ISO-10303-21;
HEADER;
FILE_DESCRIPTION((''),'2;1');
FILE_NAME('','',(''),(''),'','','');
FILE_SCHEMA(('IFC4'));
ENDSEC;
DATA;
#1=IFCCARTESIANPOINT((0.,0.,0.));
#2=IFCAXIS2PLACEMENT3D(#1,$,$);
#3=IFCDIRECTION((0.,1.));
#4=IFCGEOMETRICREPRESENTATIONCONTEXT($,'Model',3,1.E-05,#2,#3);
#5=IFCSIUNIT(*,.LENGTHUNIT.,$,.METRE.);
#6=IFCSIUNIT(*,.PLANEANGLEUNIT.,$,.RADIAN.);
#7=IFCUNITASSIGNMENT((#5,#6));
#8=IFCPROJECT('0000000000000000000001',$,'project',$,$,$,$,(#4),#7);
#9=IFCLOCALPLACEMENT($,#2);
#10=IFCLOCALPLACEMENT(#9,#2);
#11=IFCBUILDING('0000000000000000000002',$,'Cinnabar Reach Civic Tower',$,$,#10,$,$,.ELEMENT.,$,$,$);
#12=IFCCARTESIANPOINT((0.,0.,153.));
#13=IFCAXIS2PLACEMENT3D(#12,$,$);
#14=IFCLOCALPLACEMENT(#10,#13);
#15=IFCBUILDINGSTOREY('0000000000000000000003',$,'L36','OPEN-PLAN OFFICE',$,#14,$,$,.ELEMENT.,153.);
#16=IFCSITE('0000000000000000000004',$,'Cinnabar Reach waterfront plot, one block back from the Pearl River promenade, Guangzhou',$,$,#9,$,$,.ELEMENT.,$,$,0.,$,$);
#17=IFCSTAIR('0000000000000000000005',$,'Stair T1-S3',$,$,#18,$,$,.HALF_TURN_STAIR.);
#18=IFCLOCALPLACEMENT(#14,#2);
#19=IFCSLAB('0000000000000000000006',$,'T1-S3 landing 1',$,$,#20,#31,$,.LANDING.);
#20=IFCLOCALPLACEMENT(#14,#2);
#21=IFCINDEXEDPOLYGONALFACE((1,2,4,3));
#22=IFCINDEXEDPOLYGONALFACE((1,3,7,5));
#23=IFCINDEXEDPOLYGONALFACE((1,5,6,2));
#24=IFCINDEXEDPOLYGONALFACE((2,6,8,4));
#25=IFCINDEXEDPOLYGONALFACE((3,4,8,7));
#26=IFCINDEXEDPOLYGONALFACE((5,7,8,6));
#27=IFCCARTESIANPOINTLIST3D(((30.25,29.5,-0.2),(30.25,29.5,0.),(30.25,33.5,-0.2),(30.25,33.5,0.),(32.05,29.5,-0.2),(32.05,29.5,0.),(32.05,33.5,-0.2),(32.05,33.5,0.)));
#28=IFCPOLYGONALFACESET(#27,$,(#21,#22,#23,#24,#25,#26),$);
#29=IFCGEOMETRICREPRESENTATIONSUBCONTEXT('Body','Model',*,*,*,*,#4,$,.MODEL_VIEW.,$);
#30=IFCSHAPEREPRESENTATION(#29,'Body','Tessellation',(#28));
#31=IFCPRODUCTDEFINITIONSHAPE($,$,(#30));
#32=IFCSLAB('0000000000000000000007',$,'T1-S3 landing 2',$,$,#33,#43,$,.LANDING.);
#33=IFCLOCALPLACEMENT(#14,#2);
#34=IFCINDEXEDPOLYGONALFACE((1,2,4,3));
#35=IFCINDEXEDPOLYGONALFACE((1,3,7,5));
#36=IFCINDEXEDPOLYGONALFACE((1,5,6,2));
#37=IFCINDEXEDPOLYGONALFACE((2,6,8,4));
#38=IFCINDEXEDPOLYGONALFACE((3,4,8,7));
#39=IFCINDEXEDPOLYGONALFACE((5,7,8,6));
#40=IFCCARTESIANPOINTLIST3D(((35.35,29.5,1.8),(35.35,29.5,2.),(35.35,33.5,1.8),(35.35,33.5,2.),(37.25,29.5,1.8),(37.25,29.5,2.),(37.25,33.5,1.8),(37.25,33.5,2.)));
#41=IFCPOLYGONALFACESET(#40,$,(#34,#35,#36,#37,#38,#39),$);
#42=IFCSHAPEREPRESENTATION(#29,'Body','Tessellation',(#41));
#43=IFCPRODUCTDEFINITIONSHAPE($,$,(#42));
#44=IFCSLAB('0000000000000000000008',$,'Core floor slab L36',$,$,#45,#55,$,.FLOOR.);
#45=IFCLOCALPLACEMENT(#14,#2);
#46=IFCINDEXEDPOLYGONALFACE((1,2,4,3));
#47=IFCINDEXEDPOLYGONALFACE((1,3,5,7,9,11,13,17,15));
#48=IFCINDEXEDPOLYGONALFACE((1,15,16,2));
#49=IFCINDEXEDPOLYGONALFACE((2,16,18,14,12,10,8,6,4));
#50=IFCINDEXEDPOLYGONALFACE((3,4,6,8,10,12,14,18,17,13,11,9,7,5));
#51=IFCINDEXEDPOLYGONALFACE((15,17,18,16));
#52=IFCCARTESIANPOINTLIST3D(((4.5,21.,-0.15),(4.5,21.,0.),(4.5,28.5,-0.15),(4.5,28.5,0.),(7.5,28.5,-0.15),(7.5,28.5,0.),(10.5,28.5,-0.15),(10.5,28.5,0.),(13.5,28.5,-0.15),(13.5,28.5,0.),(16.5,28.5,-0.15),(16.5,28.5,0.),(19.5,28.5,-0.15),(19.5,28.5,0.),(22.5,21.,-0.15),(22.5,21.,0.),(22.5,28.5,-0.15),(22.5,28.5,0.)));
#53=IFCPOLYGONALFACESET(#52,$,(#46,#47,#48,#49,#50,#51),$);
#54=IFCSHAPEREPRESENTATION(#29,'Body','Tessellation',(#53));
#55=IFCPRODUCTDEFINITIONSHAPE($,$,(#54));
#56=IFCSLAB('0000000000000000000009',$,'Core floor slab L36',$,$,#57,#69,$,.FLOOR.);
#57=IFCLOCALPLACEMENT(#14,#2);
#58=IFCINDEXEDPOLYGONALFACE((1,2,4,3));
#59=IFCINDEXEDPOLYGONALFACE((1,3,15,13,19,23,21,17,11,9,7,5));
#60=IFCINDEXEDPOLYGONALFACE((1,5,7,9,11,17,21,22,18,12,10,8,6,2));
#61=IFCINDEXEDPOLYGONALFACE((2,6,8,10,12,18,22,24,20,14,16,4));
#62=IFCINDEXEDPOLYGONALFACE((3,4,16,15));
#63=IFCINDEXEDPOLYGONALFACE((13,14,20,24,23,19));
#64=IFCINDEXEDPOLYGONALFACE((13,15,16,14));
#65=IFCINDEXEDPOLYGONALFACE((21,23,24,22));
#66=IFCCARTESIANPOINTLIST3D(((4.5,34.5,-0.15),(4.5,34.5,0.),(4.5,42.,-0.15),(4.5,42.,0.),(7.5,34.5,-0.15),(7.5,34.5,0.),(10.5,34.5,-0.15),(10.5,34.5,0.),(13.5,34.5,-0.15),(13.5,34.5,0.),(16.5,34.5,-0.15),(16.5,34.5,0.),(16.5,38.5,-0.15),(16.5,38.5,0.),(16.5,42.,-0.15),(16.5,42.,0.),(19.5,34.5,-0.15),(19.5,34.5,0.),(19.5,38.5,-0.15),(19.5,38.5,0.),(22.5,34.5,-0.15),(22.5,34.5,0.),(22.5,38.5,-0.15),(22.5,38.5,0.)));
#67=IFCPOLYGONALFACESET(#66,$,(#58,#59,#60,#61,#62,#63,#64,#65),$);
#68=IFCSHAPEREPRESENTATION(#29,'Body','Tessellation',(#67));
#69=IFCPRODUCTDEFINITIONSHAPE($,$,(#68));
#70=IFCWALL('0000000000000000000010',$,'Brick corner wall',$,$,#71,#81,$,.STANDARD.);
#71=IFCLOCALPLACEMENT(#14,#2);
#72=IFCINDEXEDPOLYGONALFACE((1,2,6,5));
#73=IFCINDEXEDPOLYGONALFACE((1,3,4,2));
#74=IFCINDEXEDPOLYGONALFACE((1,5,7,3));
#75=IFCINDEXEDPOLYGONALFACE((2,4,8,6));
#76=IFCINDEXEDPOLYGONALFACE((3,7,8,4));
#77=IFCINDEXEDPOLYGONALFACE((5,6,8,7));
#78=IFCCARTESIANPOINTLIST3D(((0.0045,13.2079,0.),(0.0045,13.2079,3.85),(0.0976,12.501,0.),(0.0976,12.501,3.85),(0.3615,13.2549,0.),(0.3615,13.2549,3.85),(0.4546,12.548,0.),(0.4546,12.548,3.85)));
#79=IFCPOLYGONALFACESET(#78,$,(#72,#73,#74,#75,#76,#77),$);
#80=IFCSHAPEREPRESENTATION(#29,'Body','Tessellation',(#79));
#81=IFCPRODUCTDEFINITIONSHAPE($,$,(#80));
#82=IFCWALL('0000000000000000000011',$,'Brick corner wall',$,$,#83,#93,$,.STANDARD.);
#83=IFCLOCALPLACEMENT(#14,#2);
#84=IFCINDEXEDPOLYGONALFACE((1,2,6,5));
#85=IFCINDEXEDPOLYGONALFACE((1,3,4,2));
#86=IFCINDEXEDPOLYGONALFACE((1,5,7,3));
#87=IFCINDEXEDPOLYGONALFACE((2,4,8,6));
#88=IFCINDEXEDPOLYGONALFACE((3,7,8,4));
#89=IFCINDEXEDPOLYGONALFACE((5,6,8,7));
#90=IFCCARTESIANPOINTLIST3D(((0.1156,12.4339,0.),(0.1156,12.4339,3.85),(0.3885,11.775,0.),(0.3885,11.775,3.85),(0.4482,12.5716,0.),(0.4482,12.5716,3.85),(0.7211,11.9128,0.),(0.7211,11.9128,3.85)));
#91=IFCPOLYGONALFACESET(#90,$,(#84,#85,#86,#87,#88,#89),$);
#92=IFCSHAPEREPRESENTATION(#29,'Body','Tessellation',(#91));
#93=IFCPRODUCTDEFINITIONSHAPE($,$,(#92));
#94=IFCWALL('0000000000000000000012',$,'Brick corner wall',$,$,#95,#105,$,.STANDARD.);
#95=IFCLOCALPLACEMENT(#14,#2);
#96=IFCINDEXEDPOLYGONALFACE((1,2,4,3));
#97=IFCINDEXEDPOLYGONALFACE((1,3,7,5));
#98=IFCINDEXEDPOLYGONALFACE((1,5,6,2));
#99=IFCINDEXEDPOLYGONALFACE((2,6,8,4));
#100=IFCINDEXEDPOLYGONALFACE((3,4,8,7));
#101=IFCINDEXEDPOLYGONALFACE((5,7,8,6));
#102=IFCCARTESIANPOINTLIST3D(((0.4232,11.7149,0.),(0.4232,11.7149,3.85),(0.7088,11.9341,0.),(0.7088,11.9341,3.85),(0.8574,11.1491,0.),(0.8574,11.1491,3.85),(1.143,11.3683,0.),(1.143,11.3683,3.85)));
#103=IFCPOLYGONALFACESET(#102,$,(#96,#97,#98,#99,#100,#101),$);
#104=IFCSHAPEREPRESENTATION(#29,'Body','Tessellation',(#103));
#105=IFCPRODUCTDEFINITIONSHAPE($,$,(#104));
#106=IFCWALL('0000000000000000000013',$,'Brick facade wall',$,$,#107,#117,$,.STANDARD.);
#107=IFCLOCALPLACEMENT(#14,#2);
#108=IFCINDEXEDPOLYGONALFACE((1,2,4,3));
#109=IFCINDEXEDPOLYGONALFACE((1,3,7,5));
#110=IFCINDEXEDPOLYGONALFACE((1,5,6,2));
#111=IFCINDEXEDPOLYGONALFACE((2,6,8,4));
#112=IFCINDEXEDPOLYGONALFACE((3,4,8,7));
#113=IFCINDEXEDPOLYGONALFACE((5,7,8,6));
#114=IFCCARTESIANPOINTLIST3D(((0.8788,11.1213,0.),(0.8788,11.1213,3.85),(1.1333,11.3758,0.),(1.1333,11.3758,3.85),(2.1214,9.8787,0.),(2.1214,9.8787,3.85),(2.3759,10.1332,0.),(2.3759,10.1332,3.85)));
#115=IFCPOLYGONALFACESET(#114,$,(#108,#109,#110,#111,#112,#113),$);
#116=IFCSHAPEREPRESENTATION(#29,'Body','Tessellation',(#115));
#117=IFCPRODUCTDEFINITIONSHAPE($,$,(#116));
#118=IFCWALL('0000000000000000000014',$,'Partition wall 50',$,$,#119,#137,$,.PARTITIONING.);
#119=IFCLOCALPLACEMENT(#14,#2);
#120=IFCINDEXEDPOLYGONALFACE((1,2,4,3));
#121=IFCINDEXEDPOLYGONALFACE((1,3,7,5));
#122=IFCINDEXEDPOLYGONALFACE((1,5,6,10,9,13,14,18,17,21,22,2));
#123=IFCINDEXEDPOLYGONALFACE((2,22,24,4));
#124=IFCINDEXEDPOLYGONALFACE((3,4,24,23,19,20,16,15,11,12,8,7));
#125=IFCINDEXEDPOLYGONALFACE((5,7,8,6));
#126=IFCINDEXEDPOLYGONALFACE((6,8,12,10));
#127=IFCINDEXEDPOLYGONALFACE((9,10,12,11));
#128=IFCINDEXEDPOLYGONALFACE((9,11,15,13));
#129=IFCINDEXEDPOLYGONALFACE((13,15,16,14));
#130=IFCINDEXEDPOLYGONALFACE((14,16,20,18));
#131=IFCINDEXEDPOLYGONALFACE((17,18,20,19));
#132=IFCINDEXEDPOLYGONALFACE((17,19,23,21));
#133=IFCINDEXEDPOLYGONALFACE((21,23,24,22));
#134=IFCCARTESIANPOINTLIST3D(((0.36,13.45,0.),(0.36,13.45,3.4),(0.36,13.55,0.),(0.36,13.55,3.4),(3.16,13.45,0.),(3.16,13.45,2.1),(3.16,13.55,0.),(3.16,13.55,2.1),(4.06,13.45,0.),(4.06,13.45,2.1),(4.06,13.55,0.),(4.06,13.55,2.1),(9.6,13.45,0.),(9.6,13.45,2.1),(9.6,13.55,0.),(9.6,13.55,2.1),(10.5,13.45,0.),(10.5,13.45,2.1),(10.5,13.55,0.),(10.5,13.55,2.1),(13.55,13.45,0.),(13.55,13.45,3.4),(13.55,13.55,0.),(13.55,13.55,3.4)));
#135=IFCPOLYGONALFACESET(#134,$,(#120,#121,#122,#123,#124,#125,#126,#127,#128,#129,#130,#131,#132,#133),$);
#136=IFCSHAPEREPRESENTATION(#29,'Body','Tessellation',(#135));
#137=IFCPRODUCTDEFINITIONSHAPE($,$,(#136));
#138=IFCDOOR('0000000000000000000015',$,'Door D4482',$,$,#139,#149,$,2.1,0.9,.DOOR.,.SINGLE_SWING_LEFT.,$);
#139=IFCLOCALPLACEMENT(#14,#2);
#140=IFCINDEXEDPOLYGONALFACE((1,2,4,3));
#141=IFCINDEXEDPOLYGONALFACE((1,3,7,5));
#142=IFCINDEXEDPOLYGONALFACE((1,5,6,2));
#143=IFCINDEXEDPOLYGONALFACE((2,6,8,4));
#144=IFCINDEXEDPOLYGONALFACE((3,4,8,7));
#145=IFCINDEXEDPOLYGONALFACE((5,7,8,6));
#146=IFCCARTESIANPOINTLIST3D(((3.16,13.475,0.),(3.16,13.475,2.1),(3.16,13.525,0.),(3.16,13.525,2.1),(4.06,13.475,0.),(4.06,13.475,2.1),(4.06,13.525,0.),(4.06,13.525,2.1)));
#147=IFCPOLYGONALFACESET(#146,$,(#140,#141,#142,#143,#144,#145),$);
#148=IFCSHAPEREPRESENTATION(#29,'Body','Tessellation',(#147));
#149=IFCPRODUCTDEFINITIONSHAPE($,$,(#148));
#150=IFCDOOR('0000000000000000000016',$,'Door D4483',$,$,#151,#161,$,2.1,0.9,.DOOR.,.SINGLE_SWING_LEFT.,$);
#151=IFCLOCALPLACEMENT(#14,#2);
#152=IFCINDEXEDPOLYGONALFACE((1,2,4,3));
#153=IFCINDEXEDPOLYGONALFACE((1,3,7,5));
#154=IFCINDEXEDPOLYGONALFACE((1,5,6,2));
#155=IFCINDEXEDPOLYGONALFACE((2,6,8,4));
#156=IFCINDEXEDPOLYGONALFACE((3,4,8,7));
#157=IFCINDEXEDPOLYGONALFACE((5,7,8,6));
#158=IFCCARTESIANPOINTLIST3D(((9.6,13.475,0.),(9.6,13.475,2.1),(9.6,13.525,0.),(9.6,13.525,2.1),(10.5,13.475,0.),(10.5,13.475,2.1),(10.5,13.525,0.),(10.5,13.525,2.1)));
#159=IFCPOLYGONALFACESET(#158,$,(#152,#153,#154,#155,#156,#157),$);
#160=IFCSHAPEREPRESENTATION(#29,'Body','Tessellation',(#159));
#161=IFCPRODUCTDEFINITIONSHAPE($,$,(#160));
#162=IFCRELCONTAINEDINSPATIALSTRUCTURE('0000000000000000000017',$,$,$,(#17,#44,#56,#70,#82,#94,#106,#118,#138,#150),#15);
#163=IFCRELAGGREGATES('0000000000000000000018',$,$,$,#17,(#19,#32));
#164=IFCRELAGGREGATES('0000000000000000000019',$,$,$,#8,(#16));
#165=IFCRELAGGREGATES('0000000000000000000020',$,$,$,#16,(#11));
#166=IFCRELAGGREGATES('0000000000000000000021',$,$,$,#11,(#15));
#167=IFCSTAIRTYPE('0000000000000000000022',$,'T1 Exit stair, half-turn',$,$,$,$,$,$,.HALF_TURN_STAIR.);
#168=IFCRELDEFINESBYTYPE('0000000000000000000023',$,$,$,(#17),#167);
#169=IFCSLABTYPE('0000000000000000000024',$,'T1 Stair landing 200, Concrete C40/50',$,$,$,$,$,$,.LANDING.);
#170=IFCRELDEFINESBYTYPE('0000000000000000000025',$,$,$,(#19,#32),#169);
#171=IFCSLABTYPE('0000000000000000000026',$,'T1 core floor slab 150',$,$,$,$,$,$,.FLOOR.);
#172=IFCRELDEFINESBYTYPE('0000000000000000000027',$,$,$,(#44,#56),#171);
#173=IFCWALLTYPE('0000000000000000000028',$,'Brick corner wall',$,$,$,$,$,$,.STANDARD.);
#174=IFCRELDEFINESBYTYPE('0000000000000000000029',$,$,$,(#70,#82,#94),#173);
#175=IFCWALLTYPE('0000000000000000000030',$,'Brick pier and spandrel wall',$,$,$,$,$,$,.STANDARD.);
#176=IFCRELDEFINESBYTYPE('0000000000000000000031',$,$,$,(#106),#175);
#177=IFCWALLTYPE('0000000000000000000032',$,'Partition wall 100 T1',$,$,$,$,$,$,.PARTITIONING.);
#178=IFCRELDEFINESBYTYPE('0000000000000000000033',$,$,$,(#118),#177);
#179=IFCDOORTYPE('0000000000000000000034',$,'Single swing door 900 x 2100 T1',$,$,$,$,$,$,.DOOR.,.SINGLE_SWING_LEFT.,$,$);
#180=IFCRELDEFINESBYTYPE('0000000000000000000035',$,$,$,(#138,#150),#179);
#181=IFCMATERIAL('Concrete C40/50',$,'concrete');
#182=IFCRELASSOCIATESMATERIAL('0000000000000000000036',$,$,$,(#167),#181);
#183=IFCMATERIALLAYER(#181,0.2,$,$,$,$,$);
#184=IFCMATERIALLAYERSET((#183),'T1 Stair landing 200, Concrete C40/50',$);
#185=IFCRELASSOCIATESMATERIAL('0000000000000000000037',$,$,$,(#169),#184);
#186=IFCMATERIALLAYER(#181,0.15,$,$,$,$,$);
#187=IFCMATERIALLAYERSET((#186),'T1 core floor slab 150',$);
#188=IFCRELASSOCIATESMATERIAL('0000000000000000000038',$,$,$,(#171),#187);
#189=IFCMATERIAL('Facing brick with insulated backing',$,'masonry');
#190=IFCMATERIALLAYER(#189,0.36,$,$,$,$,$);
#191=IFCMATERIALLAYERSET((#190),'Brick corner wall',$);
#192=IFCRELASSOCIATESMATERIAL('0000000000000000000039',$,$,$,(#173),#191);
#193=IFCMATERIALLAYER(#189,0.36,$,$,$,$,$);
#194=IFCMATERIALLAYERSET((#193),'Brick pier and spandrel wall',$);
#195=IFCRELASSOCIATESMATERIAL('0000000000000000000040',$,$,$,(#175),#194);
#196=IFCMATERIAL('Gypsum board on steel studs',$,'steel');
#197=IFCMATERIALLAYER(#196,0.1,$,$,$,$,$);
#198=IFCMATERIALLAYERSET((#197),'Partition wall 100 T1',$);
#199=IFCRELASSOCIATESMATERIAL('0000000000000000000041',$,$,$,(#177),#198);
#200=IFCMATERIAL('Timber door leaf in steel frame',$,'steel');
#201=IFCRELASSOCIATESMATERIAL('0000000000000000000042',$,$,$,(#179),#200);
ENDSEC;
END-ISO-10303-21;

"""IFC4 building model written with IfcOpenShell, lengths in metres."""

from ifc_helpers import new_model, si_unit, direction, frame, frame_2d, origin, place, context, subcontext, project, spatial, polyline, rectangle, outline, extrude, material, layer, layer_set, type_object, element, fill, aggregate, save


model = new_model("IFC4")

# Units and contexts
model_context = context("Model", 3, precision=1e-05, world=origin(), true_north=direction((0.0, 1.0)))
body_context = subcontext(model_context, "Body", "Model", "MODEL_VIEW")
ifc_project = project(units=[si_unit("LENGTHUNIT", "METRE"), si_unit("PLANEANGLEUNIT", "RADIAN")], contexts=[model_context])

# Site, building, storey
site_placement = place(None, origin())
site = spatial("IfcSite", under=ifc_project, at=site_placement, Name="Cinnabar Reach waterfront plot, one block back from the Pearl River promenade, Guangzhou", CompositionType="ELEMENT", RefElevation=0.0)
building_placement = place(site_placement, origin())
building = spatial("IfcBuilding", under=site, at=building_placement, Name="Cinnabar Reach Civic Tower", CompositionType="ELEMENT")
storey_placement = place(building_placement, frame((0.0, 0.0, 153.0)))
storey = spatial("IfcBuildingStorey", under=building, at=storey_placement, Name="L36", Description="OPEN-PLAN OFFICE", CompositionType="ELEMENT", Elevation=153.0)

# Stair, slabs
ifc_material_1 = material(Name="Concrete C40/50", Category="concrete")
stair_type = type_object("IfcStairType", Name="T1 Exit stair, half-turn", PredefinedType="HALF_TURN_STAIR", material=ifc_material_1)
ifc_layer_1 = layer(ifc_material_1, 0.2)
ifc_layer_set_1 = layer_set([ifc_layer_1], Name="T1 Stair landing 200, Concrete C40/50")
slab_type_1 = type_object("IfcSlabType", Name="T1 Stair landing 200, Concrete C40/50", PredefinedType="LANDING", material=ifc_layer_set_1)
stair_1_placement = place(storey_placement, origin())
stair_1 = element("IfcStair", 1, at=stair_1_placement, inside=storey, type_object=stair_type, Name="Stair T1-S3", PredefinedType="HALF_TURN_STAIR")
slab_1_placement = place(storey_placement, frame((0.0, 0.0, -0.2)))
slab_1 = element("IfcSlab", 2, at=slab_1_placement, type_object=slab_type_1, Name="T1-S3 landing 1", PredefinedType="LANDING", context=body_context, shape_type="SweptSolid", body=[
    extrude(outline(polyline([(30.25, 29.5), (32.05, 29.5), (32.05, 33.5), (30.25, 33.5), (30.25, 29.5)])), origin(), (0.0, 0.0, 1.0), 0.2),
])
slab_2_placement = place(storey_placement, frame((0.0, 0.0, 1.8)))
slab_2 = element("IfcSlab", 3, at=slab_2_placement, type_object=slab_type_1, Name="T1-S3 landing 2", PredefinedType="LANDING", context=body_context, shape_type="SweptSolid", body=[
    extrude(outline(polyline([(35.35, 29.5), (37.25, 29.5), (37.25, 33.5), (35.35, 33.5), (35.35, 29.5)])), origin(), (0.0, 0.0, 1.0), 0.2),
])
aggregate(stair_1, [slab_1, slab_2])

# Slabs
ifc_layer_2 = layer(ifc_material_1, 0.15)
ifc_layer_set_2 = layer_set([ifc_layer_2], Name="T1 core floor slab 150")
slab_type_2 = type_object("IfcSlabType", Name="T1 core floor slab 150", PredefinedType="FLOOR", material=ifc_layer_set_2)
slab_3_placement = place(storey_placement, frame((0.0, 0.0, -0.15)))
element("IfcSlab", 4, at=slab_3_placement, inside=storey, type_object=slab_type_2, Name="Core floor slab L36", PredefinedType="FLOOR", context=body_context, shape_type="SweptSolid", body=[
    extrude(outline(polyline([(22.5, 21.0), (4.5, 21.0), (4.5, 28.5), (7.5, 28.5), (10.5, 28.5), (13.5, 28.5), (16.5, 28.5), (19.5, 28.5), (22.5, 28.5), (22.5, 21.0)])), origin(), (0.0, 0.0, 1.0), 0.15),
])
slab_4_placement = place(storey_placement, frame((0.0, 0.0, -0.15)))
element("IfcSlab", 5, at=slab_4_placement, inside=storey, type_object=slab_type_2, Name="Core floor slab L36", PredefinedType="FLOOR", context=body_context, shape_type="SweptSolid", body=[
    extrude(outline(polyline([(22.5, 34.5), (19.5, 34.5), (16.5, 34.5), (13.5, 34.5), (10.5, 34.5), (7.5, 34.5), (4.5, 34.5), (4.5, 42.0), (16.5, 42.0), (16.5, 38.5), (19.5, 38.5), (22.5, 38.5), (22.5, 34.5)])), origin(), (0.0, 0.0, 1.0), 0.15),
])

# Walls
ifc_material_2 = material(Name="Facing brick with insulated backing", Category="masonry")
ifc_layer_3 = layer(ifc_material_2, 0.36)
ifc_layer_set_3 = layer_set([ifc_layer_3], Name="Brick corner wall")
wall_type_1 = type_object("IfcWallType", Name="Brick corner wall", PredefinedType="STANDARD", material=ifc_layer_set_3)
for number, where, z_axis, x_axis, name in (
    (6, (0.183, 13.2314, 0.0), (0.0, 0.0, 1.0), (0.130556, -0.991441, 0.0), "Brick corner wall"),
    (7, (0.2819, 12.5027, 0.0), (0.0, 0.0, 1.0), (0.382703, -0.923872, 0.0), "Brick corner wall"),
):
    element("IfcWall", number, at=place(storey_placement, frame(where, z_axis=z_axis, x_axis=x_axis)), inside=storey, type_object=wall_type_1, Name=name, PredefinedType="STANDARD", context=body_context, shape_type="SweptSolid", body=[
        extrude(rectangle(XDim=0.7131, YDim=0.36, at=frame_2d((0.3565, 0.0))), origin(), (0.0, 0.0, 1.0), 3.85),
    ])
wall_1_placement = place(storey_placement, frame((0.566, 11.8245, 0.0), z_axis=(0.0, 0.0, 1.0), x_axis=(0.608802, -0.793322, 0.0)))
element("IfcWall", 8, at=wall_1_placement, inside=storey, type_object=wall_type_1, Name="Brick corner wall", PredefinedType="STANDARD", context=body_context, shape_type="SweptSolid", body=[
    extrude(rectangle(XDim=0.7132, YDim=0.36, at=frame_2d((0.3566, 0.0))), origin(), (0.0, 0.0, 1.0), 3.85),
])
ifc_layer_4 = layer(ifc_material_2, 0.36)
ifc_layer_set_4 = layer_set([ifc_layer_4], Name="Brick pier and spandrel wall")
wall_type_2 = type_object("IfcWallType", Name="Brick pier and spandrel wall", PredefinedType="STANDARD", material=ifc_layer_set_4)
wall_2_placement = place(storey_placement, frame((1.006, 11.2486, 0.0), z_axis=(0.0, 0.0, 1.0), x_axis=(0.707107, -0.707107, 0.0)))
element("IfcWall", 9, at=wall_2_placement, inside=storey, type_object=wall_type_2, Name="Brick facade wall", PredefinedType="STANDARD", context=body_context, shape_type="SweptSolid", body=[
    extrude(rectangle(XDim=1.7573, YDim=0.36, at=frame_2d((0.8787, 0.0))), origin(), (0.0, 0.0, 1.0), 3.85),
])

# Wall, openings, doors
ifc_material_3 = material(Name="Gypsum board on steel studs", Category="steel")
ifc_layer_5 = layer(ifc_material_3, 0.1)
ifc_layer_set_5 = layer_set([ifc_layer_5], Name="Partition wall 100 T1")
wall_type_3 = type_object("IfcWallType", Name="Partition wall 100 T1", PredefinedType="PARTITIONING", material=ifc_layer_set_5)
wall_3_placement = place(storey_placement, frame((0.36, 13.5, 0.0), z_axis=(0.0, 0.0, 1.0), x_axis=(1.0, 0.0, 0.0)))
wall_3 = element("IfcWall", 10, at=wall_3_placement, inside=storey, type_object=wall_type_3, Name="Partition wall 50", PredefinedType="PARTITIONING", context=body_context, shape_type="SweptSolid", body=[
    extrude(rectangle(XDim=13.19, YDim=0.1, at=frame_2d((6.595, 0.0))), origin(), (0.0, 0.0, 1.0), 3.4),
])
opening_1_placement = place(wall_3_placement, frame((2.8, 0.0, 0.0)))
opening_1 = element("IfcOpeningElement", 11, at=opening_1_placement, cuts=wall_3, PredefinedType="OPENING", context=body_context, shape_type="SweptSolid", body=[
    extrude(rectangle(XDim=0.9, YDim=2.1, at=frame_2d((0.45, 1.05))), frame((0.0, 0.06, 0.0), z_axis=(0.0, -1.0, 0.0), x_axis=(1.0, 0.0, 0.0)), (0.0, 0.0, 1.0), 0.12),
])
opening_2_placement = place(wall_3_placement, frame((9.24, 0.0, 0.0)))
opening_2 = element("IfcOpeningElement", 12, at=opening_2_placement, cuts=wall_3, PredefinedType="OPENING", context=body_context, shape_type="SweptSolid", body=[
    extrude(rectangle(XDim=0.9, YDim=2.1, at=frame_2d((0.45, 1.05))), frame((0.0, 0.06, 0.0), z_axis=(0.0, -1.0, 0.0), x_axis=(1.0, 0.0, 0.0)), (0.0, 0.0, 1.0), 0.12),
])
ifc_material_4 = material(Name="Timber door leaf in steel frame", Category="steel")
door_type = type_object("IfcDoorType", Name="Single swing door 900 x 2100 T1", OperationType="SINGLE_SWING_LEFT", PredefinedType="DOOR", material=ifc_material_4)
door_1_placement = place(opening_1_placement, frame((0.9, 0.0, 0.0), z_axis=(0.0, 0.0, 1.0), x_axis=(-1.0, 0.0, 0.0)))
door_1 = element("IfcDoor", 13, at=door_1_placement, inside=storey, type_object=door_type, Name="Door D4482", OperationType="SINGLE_SWING_LEFT", OverallHeight=2.1, OverallWidth=0.9, PredefinedType="DOOR", context=body_context, shape_type="SweptSolid", body=[
    extrude(rectangle(XDim=0.9, YDim=2.1, at=frame_2d((0.45, 1.05))), frame((0.0, 0.025, 0.0), z_axis=(0.0, -1.0, 0.0), x_axis=(1.0, 0.0, 0.0)), (0.0, 0.0, 1.0), 0.05),
])
fill(opening_1, door_1)
door_2_placement = place(opening_2_placement, frame((0.9, 0.0, 0.0), z_axis=(0.0, 0.0, 1.0), x_axis=(-1.0, 0.0, 0.0)))
door_2 = element("IfcDoor", 14, at=door_2_placement, inside=storey, type_object=door_type, Name="Door D4483", OperationType="SINGLE_SWING_LEFT", OverallHeight=2.1, OverallWidth=0.9, PredefinedType="DOOR", context=body_context, shape_type="SweptSolid", body=[
    extrude(rectangle(XDim=0.9, YDim=2.1, at=frame_2d((0.45, 1.05))), frame((0.0, 0.025, 0.0), z_axis=(0.0, -1.0, 0.0), x_axis=(1.0, 0.0, 0.0)), (0.0, 0.0, 1.0), 0.05),
])
fill(opening_2, door_2)

save(model, "model.ifc")
